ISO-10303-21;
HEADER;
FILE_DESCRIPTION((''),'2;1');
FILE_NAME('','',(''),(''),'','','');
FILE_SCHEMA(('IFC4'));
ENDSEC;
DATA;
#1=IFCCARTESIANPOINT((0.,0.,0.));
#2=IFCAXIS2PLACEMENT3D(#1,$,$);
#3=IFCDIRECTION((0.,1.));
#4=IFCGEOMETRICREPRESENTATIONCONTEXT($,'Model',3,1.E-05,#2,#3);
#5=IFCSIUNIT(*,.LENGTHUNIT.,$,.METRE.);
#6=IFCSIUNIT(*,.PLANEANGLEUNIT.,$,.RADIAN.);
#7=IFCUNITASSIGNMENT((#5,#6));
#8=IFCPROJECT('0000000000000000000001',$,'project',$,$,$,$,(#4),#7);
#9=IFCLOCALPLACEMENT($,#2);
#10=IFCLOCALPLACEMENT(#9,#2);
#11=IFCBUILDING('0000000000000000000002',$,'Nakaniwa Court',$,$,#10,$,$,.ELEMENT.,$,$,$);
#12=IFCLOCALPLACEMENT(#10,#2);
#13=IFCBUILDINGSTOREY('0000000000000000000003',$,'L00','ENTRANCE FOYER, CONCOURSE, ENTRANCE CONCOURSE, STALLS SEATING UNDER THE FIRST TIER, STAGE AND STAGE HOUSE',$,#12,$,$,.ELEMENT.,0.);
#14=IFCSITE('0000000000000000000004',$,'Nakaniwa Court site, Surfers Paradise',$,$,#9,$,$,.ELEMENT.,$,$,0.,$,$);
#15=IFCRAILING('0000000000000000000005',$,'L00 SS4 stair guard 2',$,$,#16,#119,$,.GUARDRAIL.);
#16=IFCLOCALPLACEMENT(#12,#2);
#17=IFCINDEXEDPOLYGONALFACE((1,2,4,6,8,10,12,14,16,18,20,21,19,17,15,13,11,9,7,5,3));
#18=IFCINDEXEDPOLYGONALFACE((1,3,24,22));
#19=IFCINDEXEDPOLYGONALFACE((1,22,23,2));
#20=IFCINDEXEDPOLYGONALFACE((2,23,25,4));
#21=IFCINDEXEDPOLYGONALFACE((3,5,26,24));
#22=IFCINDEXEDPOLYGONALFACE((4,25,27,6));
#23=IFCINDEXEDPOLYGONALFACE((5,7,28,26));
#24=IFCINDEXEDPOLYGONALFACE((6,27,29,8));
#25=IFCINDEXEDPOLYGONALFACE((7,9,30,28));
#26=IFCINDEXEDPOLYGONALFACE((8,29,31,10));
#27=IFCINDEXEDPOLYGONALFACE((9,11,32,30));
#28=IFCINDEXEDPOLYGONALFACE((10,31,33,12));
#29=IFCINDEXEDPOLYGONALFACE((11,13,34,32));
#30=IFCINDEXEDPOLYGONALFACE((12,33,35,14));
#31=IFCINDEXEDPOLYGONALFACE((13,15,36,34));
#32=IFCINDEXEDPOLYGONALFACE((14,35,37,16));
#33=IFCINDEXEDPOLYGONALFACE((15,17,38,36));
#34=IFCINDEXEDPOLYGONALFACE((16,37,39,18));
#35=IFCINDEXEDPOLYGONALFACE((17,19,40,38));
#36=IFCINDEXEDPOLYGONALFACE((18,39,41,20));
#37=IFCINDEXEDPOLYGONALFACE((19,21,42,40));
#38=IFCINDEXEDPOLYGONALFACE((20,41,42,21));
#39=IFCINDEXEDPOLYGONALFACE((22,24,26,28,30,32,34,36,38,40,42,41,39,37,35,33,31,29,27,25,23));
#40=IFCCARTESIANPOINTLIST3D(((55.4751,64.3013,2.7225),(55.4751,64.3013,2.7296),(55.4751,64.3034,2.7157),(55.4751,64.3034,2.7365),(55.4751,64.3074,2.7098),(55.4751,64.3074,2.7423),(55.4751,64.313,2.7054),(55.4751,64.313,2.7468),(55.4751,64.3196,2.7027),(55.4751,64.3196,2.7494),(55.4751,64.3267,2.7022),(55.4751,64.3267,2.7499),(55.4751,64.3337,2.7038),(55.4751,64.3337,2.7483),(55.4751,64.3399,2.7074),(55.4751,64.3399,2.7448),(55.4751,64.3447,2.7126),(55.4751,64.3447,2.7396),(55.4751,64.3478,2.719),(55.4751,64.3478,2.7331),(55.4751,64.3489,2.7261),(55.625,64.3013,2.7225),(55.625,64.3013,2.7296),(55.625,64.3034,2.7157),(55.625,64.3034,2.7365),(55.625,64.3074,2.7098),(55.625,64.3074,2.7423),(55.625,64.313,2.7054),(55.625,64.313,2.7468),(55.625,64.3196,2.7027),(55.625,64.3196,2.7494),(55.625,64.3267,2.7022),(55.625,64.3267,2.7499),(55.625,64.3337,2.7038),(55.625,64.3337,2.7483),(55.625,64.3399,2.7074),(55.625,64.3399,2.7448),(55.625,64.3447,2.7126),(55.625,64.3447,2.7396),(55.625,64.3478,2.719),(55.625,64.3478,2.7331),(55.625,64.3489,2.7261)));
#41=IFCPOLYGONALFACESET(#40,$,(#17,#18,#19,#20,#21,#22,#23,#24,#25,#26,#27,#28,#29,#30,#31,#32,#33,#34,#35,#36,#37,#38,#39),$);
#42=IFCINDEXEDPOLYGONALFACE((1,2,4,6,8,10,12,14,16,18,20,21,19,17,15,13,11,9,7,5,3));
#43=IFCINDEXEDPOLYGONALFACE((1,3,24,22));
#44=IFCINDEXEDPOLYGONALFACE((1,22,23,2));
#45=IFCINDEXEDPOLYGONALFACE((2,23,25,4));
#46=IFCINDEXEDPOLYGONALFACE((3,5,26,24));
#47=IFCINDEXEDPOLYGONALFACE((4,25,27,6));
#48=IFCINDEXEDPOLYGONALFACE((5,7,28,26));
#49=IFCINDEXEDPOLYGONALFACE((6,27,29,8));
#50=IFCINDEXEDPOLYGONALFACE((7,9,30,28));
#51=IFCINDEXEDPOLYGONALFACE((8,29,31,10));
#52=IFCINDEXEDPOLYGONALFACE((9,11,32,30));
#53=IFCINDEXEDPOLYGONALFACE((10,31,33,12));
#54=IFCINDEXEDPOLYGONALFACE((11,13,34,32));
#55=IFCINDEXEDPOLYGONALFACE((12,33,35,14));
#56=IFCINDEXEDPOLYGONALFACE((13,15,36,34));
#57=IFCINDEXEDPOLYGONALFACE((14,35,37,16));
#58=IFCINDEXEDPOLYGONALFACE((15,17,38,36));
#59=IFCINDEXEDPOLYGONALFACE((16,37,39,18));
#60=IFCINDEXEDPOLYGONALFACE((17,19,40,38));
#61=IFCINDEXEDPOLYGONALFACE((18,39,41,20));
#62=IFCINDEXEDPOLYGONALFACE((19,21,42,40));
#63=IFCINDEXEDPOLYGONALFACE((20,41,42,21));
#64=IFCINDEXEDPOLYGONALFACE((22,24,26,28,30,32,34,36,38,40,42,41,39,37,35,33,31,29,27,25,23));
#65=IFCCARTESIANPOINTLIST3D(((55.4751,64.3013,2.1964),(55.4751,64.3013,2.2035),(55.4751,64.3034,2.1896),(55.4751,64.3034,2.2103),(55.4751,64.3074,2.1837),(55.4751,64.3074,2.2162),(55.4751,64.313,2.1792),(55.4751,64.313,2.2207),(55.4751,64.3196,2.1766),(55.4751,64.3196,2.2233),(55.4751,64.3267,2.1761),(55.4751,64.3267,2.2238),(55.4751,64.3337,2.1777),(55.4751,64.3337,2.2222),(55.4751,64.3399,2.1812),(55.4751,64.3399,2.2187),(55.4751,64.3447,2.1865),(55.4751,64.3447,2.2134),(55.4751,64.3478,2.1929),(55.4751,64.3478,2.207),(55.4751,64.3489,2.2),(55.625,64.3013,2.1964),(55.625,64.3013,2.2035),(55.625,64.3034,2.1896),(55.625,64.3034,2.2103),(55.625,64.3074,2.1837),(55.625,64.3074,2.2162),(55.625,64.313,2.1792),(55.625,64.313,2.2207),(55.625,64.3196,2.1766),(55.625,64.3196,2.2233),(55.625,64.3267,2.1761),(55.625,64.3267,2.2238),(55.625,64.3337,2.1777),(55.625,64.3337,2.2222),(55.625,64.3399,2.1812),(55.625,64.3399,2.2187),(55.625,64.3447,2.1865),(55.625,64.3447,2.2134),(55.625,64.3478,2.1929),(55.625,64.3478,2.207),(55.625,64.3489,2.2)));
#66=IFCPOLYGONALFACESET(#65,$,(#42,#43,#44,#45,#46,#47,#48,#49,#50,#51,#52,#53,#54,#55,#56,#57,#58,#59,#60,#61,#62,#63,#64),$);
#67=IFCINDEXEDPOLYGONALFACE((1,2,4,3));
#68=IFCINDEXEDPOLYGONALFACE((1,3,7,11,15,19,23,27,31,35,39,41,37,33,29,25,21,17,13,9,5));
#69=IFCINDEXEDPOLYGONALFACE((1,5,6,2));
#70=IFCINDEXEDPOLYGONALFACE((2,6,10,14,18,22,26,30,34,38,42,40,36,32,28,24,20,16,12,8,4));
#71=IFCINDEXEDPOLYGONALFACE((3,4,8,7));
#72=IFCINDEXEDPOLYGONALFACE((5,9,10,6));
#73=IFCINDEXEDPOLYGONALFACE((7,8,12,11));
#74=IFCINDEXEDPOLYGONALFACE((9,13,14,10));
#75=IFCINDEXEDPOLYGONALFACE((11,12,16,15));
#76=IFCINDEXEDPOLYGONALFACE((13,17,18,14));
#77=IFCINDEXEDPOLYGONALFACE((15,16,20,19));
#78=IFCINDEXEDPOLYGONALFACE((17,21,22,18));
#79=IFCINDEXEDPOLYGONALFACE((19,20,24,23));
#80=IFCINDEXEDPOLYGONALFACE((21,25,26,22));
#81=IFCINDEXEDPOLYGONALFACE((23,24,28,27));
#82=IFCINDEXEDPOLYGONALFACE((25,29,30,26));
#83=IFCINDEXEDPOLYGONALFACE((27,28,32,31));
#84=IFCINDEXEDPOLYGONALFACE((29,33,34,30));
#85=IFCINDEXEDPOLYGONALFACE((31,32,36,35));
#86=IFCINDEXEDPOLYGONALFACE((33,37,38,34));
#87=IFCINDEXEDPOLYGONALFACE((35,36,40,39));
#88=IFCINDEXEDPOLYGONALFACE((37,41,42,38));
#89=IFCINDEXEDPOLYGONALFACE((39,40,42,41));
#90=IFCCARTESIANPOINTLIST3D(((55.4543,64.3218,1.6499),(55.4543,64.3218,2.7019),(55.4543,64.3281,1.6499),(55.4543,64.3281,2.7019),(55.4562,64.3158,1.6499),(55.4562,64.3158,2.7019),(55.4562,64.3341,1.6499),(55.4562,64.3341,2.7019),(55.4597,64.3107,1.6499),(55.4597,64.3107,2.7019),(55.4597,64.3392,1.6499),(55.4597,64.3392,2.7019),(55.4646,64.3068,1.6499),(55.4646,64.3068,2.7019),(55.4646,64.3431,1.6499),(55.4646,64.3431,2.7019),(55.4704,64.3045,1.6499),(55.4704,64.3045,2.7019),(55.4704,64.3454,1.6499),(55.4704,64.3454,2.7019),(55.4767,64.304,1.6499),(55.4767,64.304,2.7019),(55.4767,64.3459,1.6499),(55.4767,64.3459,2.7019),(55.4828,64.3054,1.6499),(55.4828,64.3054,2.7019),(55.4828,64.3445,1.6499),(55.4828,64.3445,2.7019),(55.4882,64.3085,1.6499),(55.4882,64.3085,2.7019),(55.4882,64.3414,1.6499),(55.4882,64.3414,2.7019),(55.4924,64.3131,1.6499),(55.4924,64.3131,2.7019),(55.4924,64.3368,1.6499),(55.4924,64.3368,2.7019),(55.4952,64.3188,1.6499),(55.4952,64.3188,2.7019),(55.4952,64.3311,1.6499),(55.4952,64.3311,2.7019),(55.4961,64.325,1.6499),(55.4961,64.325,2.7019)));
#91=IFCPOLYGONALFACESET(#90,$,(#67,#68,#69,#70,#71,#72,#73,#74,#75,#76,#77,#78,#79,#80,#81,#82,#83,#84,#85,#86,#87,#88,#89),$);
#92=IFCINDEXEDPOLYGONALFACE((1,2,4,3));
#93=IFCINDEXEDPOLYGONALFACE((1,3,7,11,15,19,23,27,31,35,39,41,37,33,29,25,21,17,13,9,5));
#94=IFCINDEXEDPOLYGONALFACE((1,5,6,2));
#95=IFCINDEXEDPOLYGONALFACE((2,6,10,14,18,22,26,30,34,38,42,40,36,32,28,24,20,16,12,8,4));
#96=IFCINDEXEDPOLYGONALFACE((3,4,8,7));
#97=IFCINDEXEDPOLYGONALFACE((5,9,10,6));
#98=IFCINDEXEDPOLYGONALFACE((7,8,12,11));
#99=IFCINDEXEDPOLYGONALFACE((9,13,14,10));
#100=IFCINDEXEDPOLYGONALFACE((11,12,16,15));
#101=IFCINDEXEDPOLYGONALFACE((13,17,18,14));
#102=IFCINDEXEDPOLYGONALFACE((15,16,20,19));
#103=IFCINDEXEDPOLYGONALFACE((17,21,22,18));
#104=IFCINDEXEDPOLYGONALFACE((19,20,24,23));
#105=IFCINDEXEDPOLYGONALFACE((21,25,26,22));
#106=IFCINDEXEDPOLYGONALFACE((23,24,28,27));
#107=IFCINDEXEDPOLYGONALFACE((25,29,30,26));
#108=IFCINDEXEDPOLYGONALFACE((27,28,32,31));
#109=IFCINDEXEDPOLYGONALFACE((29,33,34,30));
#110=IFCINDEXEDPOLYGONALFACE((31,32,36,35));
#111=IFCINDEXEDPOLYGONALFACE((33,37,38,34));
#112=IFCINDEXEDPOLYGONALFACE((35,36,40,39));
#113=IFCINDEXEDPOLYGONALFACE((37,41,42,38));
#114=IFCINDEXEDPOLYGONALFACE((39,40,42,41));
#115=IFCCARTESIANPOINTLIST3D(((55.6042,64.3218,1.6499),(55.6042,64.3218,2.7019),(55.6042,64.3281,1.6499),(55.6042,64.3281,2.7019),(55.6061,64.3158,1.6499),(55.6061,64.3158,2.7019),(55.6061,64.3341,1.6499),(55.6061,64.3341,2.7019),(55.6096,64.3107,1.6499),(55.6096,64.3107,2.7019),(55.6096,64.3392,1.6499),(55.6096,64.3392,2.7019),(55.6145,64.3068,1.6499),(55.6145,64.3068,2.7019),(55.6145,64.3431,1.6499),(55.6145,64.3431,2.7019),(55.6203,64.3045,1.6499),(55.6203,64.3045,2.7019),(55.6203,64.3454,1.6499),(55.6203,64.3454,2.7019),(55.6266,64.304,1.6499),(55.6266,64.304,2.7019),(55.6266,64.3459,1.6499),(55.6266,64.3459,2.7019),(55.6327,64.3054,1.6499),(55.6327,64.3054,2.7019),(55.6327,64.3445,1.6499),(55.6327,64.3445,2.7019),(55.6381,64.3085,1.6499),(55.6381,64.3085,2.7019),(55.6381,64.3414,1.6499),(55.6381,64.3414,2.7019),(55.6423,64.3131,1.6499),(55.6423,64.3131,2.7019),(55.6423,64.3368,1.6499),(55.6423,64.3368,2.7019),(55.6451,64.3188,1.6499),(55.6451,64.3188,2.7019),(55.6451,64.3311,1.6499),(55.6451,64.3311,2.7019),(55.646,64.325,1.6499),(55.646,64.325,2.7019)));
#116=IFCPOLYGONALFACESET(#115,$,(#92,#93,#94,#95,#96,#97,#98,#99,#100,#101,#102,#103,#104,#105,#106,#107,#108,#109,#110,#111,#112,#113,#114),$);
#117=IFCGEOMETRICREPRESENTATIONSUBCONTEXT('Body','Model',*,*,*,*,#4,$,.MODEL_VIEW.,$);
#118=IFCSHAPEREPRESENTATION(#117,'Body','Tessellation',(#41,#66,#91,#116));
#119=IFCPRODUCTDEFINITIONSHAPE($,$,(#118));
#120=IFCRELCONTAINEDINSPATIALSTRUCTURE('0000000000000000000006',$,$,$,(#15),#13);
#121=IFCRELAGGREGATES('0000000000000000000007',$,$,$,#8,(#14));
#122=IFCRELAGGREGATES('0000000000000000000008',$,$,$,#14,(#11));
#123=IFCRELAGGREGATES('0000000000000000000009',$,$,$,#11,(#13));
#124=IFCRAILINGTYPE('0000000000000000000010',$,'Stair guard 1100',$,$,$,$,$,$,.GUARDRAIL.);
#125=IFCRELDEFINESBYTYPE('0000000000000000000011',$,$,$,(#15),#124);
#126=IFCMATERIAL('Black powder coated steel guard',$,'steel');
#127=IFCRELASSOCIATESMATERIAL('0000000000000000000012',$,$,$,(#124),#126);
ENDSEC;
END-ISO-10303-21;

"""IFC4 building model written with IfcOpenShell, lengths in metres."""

from ifc_helpers import new_model, si_unit, direction, frame, origin, origin_2d, place, context, subcontext, project, spatial, circle, extrude, material, type_object, element, save


model = new_model("IFC4")

# Units and contexts
model_context = context("Model", 3, precision=1e-05, world=origin(), true_north=direction((0.0, 1.0)))
body_context = subcontext(model_context, "Body", "Model", "MODEL_VIEW")
ifc_project = project(units=[si_unit("LENGTHUNIT", "METRE"), si_unit("PLANEANGLEUNIT", "RADIAN")], contexts=[model_context])

# Site, building, storey
site_placement = place(None, origin())
site = spatial("IfcSite", under=ifc_project, at=site_placement, Name="Nakaniwa Court site, Surfers Paradise", CompositionType="ELEMENT", RefElevation=0.0)
building_placement = place(site_placement, origin())
building = spatial("IfcBuilding", under=site, at=building_placement, Name="Nakaniwa Court", CompositionType="ELEMENT")
storey_placement = place(building_placement, origin())
storey = spatial("IfcBuildingStorey", under=building, at=storey_placement, Name="L00", Description="ENTRANCE FOYER, CONCOURSE, ENTRANCE CONCOURSE, STALLS SEATING UNDER THE FIRST TIER, STAGE AND STAGE HOUSE", CompositionType="ELEMENT", Elevation=0.0)

# Railing
ifc_material_1 = material(Name="Black powder coated steel guard", Category="steel")
railing_type_1 = type_object("IfcRailingType", Name="Stair guard 1100", PredefinedType="GUARDRAIL", material=ifc_material_1)
railing_1_placement = place(storey_placement, frame((55.4751, 64.325, 1.6499)))
element("IfcRailing", 1, at=railing_1_placement, inside=storey, type_object=railing_type_1, Name="L00 SS4 stair guard 2", PredefinedType="GUARDRAIL", context=body_context, shape_type="SweptSolid", body=[
    extrude(circle(Radius=0.0239, at=origin_2d()), frame((0.0, 0.0, 1.0762), z_axis=(1.0, 0.0, 0.0), x_axis=(0.0, 1.0, 0.0)), (0.0, 0.0, 1.0), 0.1499),
    extrude(circle(Radius=0.0239, at=origin_2d()), frame((0.0, 0.0, 0.55), z_axis=(1.0, 0.0, 0.0), x_axis=(0.0, 1.0, 0.0)), (0.0, 0.0, 1.0), 0.1499),
    extrude(circle(Radius=0.021, at=origin_2d()), origin(), (0.0, 0.0, 1.0), 1.052),
    extrude(circle(Radius=0.021, at=origin_2d()), frame((0.1499, 0.0, 0.0)), (0.0, 0.0, 1.0), 1.052),
])

save(model, "model.ifc")
